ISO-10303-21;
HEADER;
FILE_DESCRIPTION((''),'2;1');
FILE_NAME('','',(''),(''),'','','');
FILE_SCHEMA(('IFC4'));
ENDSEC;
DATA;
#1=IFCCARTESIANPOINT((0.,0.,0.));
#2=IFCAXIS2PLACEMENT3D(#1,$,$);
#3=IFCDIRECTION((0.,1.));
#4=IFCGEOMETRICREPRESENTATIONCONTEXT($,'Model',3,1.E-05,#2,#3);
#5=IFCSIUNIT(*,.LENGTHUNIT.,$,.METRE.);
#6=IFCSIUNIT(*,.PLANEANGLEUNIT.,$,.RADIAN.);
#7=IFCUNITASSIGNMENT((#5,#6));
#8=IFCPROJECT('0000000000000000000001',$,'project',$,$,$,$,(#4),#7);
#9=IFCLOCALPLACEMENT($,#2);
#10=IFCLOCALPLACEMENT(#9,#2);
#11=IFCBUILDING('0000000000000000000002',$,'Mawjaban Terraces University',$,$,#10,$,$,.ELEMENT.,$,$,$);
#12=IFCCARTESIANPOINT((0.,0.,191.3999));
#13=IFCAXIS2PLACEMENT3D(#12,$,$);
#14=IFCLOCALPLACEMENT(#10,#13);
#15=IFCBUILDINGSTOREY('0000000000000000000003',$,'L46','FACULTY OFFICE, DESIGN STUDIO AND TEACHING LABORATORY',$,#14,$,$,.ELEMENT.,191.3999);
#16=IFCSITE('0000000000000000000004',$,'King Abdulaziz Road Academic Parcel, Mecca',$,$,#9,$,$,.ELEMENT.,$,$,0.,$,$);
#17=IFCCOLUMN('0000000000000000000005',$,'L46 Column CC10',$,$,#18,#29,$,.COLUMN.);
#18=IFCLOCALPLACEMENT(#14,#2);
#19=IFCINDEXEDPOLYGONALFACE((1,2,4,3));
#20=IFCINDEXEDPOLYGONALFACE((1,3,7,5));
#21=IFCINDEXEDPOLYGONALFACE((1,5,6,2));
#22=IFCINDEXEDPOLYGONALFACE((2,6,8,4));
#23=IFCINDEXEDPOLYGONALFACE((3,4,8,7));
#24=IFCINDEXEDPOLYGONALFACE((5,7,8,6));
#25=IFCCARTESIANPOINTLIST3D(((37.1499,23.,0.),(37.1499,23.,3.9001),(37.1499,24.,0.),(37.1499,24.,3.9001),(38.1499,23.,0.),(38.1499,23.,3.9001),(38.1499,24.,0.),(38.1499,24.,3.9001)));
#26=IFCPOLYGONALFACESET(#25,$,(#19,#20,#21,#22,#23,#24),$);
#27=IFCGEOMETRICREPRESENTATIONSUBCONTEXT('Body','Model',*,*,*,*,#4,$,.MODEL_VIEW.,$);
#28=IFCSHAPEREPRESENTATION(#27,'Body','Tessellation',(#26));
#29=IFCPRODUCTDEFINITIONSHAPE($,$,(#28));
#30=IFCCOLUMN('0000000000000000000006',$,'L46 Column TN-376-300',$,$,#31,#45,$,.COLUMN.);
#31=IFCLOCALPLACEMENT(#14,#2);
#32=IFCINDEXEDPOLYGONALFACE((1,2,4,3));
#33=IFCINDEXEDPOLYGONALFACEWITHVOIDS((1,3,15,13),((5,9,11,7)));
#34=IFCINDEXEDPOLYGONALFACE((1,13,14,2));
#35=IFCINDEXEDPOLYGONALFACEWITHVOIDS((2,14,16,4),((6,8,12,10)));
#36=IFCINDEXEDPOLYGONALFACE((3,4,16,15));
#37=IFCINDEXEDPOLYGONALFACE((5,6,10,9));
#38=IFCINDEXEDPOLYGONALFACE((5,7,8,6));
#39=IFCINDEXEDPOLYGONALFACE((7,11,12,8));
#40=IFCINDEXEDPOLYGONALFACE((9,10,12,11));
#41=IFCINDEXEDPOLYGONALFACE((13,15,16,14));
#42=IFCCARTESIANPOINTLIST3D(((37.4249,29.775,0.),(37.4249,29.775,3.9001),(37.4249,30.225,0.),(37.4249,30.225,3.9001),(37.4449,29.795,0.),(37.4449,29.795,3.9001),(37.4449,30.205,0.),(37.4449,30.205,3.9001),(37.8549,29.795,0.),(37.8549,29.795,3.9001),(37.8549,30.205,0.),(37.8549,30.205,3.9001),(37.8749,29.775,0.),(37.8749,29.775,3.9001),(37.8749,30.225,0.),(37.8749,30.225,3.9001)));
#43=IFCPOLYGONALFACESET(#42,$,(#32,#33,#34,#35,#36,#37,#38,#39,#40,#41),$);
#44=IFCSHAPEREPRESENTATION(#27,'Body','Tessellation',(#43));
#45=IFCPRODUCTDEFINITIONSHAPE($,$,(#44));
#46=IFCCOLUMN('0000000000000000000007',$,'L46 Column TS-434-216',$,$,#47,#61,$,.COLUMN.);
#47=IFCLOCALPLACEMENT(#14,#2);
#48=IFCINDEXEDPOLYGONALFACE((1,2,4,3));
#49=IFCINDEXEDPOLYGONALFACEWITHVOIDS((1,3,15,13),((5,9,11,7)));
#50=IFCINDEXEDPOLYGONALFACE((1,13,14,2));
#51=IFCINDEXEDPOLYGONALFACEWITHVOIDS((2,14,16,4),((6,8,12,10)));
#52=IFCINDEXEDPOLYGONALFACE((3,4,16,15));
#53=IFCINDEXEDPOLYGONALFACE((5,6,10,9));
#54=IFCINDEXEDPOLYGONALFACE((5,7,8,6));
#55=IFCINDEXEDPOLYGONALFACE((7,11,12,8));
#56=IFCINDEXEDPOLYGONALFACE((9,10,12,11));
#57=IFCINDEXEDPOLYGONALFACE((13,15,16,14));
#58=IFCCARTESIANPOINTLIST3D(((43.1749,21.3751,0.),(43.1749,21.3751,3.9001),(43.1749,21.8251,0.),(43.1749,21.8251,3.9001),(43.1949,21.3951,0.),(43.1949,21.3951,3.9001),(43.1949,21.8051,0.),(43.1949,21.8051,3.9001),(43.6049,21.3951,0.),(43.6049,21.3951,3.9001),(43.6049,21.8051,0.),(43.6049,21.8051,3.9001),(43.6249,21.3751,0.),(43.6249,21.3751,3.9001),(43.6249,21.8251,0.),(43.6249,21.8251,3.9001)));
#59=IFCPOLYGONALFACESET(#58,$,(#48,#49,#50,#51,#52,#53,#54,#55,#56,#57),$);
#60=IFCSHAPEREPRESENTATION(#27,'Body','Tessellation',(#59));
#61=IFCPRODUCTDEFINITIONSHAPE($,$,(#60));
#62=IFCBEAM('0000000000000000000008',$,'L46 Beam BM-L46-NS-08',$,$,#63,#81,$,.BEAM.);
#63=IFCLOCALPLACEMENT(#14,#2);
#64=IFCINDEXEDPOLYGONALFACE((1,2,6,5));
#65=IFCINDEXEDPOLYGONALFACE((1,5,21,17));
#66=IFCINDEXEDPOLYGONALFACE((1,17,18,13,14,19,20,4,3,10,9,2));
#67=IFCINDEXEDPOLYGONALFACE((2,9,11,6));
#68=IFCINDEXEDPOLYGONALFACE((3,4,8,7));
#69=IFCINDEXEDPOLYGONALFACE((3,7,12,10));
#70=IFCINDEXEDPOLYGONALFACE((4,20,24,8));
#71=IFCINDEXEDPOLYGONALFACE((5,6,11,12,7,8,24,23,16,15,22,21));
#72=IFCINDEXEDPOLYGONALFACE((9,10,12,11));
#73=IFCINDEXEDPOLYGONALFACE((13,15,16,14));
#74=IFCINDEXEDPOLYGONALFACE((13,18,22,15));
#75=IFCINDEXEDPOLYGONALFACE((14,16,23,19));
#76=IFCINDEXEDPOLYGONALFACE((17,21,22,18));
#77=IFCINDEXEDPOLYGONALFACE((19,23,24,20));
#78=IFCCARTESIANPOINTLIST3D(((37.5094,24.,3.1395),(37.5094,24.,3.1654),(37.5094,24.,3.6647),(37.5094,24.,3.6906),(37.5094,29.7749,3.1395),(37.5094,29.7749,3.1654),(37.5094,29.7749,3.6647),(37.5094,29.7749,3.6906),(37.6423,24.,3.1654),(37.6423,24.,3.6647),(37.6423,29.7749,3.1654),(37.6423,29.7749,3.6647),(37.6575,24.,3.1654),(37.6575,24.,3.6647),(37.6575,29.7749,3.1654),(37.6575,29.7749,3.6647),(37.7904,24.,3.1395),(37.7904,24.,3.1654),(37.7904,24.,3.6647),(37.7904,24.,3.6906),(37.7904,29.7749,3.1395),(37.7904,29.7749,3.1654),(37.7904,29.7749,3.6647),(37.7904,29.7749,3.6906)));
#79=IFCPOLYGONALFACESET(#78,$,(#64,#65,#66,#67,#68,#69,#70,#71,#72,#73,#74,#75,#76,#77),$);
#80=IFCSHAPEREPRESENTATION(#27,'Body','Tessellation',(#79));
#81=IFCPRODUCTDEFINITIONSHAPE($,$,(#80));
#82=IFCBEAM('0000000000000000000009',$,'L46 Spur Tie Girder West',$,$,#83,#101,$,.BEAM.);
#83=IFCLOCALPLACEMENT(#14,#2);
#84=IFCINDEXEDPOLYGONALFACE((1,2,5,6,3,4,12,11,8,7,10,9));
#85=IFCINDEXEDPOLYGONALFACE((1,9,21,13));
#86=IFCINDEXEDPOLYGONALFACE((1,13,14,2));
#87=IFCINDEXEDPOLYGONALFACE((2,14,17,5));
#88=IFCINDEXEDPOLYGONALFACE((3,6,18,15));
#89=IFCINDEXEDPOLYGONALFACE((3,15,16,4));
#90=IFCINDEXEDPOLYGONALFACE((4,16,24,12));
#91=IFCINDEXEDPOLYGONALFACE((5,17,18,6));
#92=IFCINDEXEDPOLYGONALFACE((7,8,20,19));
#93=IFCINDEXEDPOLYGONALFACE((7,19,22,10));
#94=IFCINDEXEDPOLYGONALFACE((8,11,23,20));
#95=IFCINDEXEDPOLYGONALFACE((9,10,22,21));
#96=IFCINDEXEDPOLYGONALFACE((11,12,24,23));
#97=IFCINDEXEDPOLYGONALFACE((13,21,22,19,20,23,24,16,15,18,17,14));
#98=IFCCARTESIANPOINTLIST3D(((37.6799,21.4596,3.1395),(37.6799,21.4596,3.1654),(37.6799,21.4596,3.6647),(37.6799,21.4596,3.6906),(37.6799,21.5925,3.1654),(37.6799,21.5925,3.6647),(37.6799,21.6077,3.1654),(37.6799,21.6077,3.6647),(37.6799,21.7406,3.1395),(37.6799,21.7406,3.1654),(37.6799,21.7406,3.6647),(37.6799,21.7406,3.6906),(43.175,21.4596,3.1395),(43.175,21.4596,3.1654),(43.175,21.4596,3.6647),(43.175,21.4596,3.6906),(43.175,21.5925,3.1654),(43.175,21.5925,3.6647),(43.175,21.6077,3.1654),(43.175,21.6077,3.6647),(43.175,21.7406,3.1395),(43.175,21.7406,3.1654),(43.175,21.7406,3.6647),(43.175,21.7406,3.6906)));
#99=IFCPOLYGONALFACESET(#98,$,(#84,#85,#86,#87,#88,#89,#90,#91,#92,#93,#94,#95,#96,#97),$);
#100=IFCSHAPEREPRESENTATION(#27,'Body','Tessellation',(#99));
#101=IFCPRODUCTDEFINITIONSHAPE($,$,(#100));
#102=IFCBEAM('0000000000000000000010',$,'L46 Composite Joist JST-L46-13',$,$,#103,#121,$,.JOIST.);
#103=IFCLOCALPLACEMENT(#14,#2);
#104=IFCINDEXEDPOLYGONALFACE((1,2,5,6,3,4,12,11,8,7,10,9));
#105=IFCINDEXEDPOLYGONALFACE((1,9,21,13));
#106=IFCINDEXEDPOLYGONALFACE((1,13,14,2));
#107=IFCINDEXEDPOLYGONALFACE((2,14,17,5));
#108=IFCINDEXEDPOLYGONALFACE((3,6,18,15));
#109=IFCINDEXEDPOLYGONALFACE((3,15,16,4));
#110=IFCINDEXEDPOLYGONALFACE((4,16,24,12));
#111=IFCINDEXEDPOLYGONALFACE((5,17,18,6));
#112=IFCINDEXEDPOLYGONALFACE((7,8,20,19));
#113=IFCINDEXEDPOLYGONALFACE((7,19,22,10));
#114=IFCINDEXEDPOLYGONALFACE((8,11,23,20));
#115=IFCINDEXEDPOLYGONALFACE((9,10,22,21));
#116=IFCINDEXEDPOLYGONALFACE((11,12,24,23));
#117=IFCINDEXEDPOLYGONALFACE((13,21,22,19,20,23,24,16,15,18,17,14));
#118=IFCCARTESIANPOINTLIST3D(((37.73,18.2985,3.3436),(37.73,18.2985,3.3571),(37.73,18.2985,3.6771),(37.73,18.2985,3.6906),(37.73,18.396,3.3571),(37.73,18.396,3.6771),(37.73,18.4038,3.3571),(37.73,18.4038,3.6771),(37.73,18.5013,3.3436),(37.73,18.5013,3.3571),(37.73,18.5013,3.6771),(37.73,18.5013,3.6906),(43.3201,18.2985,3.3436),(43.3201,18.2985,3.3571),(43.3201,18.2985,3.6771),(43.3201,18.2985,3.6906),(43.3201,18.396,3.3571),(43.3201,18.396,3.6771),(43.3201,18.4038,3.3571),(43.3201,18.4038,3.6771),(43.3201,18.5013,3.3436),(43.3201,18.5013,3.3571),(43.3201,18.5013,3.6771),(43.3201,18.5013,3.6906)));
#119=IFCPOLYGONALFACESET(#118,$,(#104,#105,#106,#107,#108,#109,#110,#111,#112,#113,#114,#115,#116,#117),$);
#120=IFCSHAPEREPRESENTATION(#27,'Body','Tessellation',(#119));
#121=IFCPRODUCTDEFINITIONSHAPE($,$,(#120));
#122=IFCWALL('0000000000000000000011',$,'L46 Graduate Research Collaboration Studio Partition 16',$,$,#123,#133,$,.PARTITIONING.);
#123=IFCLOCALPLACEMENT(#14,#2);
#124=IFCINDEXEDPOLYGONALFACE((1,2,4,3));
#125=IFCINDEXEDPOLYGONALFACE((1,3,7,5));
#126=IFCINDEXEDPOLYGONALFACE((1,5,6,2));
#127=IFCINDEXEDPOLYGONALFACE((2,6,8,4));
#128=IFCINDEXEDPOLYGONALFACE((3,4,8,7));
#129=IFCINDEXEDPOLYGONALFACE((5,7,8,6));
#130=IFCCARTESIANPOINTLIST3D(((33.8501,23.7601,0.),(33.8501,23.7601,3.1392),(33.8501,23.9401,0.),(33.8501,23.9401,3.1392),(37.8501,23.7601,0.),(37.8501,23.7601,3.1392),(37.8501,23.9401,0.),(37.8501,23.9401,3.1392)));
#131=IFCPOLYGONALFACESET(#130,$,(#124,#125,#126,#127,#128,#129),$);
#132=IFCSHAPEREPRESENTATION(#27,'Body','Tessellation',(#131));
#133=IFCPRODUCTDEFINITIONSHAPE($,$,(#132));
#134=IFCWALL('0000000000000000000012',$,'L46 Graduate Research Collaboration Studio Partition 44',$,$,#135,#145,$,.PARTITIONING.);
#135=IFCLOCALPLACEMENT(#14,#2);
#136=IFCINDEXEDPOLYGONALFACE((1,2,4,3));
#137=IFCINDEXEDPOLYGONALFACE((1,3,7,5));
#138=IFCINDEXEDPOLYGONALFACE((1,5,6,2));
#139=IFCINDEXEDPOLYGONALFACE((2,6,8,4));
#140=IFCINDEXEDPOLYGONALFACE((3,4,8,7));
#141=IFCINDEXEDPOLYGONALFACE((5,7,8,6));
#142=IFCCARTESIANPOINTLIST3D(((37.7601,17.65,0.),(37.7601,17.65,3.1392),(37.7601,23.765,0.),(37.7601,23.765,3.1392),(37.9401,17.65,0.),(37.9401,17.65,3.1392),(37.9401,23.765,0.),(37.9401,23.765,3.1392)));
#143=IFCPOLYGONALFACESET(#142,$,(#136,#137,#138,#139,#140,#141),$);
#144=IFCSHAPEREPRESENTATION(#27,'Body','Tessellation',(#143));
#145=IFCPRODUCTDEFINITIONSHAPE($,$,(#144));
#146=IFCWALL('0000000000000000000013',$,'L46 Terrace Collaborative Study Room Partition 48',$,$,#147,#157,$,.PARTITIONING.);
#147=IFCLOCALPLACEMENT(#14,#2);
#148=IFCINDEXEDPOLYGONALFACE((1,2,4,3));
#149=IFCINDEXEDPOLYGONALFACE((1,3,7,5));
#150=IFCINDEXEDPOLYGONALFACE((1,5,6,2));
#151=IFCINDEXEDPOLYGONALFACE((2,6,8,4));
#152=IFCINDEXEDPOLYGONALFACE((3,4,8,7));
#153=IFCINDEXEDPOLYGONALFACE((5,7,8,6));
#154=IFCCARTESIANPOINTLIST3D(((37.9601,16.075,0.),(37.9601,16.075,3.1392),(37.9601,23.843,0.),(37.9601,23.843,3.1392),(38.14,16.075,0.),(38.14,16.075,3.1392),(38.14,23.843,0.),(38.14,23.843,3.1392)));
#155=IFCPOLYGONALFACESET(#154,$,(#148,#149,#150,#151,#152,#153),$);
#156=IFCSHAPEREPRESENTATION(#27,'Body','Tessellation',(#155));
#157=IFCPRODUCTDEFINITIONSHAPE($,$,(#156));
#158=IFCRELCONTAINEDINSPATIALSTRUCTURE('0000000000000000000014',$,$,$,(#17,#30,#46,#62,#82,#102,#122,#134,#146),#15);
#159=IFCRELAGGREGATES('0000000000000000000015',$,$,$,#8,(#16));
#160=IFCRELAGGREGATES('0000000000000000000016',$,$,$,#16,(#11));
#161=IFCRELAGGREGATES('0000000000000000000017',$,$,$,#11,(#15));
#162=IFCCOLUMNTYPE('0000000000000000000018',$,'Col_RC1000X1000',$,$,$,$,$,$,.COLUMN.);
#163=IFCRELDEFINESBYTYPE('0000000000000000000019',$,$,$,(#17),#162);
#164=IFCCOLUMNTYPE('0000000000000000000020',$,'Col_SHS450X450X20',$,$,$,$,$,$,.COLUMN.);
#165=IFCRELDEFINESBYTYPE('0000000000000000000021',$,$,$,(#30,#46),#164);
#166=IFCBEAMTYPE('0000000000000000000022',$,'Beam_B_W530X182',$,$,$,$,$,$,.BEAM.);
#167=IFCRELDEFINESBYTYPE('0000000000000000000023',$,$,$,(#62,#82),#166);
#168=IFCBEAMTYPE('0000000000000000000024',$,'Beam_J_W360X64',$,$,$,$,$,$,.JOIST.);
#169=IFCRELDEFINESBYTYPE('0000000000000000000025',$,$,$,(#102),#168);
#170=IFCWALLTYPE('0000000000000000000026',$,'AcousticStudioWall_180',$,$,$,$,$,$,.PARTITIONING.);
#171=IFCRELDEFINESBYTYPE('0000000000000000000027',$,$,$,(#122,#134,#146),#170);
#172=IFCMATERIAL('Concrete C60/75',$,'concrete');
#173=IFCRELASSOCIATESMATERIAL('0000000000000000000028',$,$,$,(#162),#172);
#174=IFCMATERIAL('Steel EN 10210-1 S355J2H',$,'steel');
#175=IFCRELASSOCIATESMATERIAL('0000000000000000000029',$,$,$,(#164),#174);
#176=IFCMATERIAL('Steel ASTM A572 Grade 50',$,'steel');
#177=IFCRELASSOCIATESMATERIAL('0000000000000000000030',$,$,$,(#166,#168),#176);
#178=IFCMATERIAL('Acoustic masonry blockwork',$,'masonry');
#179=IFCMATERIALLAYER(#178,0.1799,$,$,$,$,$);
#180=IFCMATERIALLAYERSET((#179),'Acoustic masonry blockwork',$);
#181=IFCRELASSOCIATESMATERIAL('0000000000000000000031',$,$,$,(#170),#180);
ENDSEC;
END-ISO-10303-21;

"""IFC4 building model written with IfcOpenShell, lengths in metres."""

from ifc_helpers import new_model, si_unit, direction, frame, frame_2d, origin, origin_2d, place, context, subcontext, project, spatial, rectangle, hollow_rectangle, i_section, extrude, material, layer, layer_set, material_profile, profile_set, type_object, element, save


model = new_model("IFC4")

# Units and contexts
model_context = context("Model", 3, precision=1e-05, world=origin(), true_north=direction((0.0, 1.0)))
body_context = subcontext(model_context, "Body", "Model", "MODEL_VIEW")
ifc_project = project(units=[si_unit("LENGTHUNIT", "METRE"), si_unit("PLANEANGLEUNIT", "RADIAN")], contexts=[model_context])

# Site, building, storey
site_placement = place(None, origin())
site = spatial("IfcSite", under=ifc_project, at=site_placement, Name="King Abdulaziz Road Academic Parcel, Mecca", CompositionType="ELEMENT", RefElevation=0.0)
building_placement = place(site_placement, origin())
building = spatial("IfcBuilding", under=site, at=building_placement, Name="Mawjaban Terraces University", CompositionType="ELEMENT")
storey_placement = place(building_placement, frame((0.0, 0.0, 191.3999)))
storey = spatial("IfcBuildingStorey", under=building, at=storey_placement, Name="L46", Description="FACULTY OFFICE, DESIGN STUDIO AND TEACHING LABORATORY", CompositionType="ELEMENT", Elevation=191.3999)

# Columns
ifc_material_1 = material(Name="Concrete C60/75", Category="concrete")
ifc_material_profile_1 = material_profile(ifc_material_1, rectangle(XDim=1.0, YDim=1.0, at=origin_2d()), Name="RC1000X1000")
ifc_profile_set_1 = profile_set([ifc_material_profile_1], Name="Concrete C60/75")
column_type_1 = type_object("IfcColumnType", Name="Col_RC1000X1000", PredefinedType="COLUMN", material=ifc_profile_set_1)
column_placement = place(storey_placement, frame((37.6499, 23.5, 0.0), z_axis=(0.0, 0.0, 1.0), x_axis=(1.0, 0.0, 0.0)))
element("IfcColumn", 1, at=column_placement, inside=storey, type_object=column_type_1, Name="L46 Column CC10", PredefinedType="COLUMN", context=body_context, shape_type="SweptSolid", body=[
    extrude(rectangle(XDim=1.0, YDim=1.0, at=origin_2d()), origin(), (0.0, 0.0, 1.0), 3.9001),
])
ifc_material_2 = material(Name="Steel EN 10210-1 S355J2H", Category="steel")
ifc_material_profile_2 = material_profile(ifc_material_2, hollow_rectangle(XDim=0.45, YDim=0.45, WallThickness=0.02, at=origin_2d()), Name="SHS450X450X20")
ifc_profile_set_2 = profile_set([ifc_material_profile_2], Name="Steel EN 10210-1 S355J2H")
column_type_2 = type_object("IfcColumnType", Name="Col_SHS450X450X20", PredefinedType="COLUMN", material=ifc_profile_set_2)
for number, where, z_axis, x_axis, name in (
    (2, (37.6499, 30.0, 0.0), (0.0, 0.0, 1.0), (1.0, 0.0, 0.0), "L46 Column TN-376-300"),
    (3, (43.3999, 21.6001, 0.0), (0.0, 0.0, 1.0), (1.0, 0.0, 0.0), "L46 Column TS-434-216"),
):
    element("IfcColumn", number, at=place(storey_placement, frame(where, z_axis=z_axis, x_axis=x_axis)), inside=storey, type_object=column_type_2, Name=name, PredefinedType="COLUMN", context=body_context, shape_type="SweptSolid", body=[
        extrude(hollow_rectangle(XDim=0.45, YDim=0.45, WallThickness=0.02, at=origin_2d()), origin(), (0.0, 0.0, 1.0), 3.9001),
    ])

# Beams
ifc_material_3 = material(Name="Steel ASTM A572 Grade 50", Category="steel")
ifc_material_profile_3 = material_profile(ifc_material_3, i_section(OverallWidth=0.281, OverallDepth=0.551, WebThickness=0.0151, FlangeThickness=0.0259, at=origin_2d()), Name="W530X182")
ifc_profile_set_3 = profile_set([ifc_material_profile_3], Name="Steel ASTM A572 Grade 50")
beam_type_1 = type_object("IfcBeamType", Name="Beam_B_W530X182", PredefinedType="BEAM", material=ifc_profile_set_3)
beam_1_placement = place(storey_placement, frame((37.6499, 24.0, 3.415), z_axis=(0.0, 1.0, 0.0), x_axis=(-1.0, 0.0, 0.0)))
element("IfcBeam", 4, at=beam_1_placement, inside=storey, type_object=beam_type_1, Name="L46 Beam BM-L46-NS-08", PredefinedType="BEAM", context=body_context, shape_type="SweptSolid", body=[
    extrude(i_section(OverallWidth=0.281, OverallDepth=0.551, WebThickness=0.0151, FlangeThickness=0.0259, at=origin_2d()), origin(), (0.0, 0.0, 1.0), 5.7749),
])
beam_2_placement = place(storey_placement, frame((37.6799, 21.6001, 3.415), z_axis=(1.0, 0.0, 0.0), x_axis=(0.0, 1.0, 0.0)))
element("IfcBeam", 5, at=beam_2_placement, inside=storey, type_object=beam_type_1, Name="L46 Spur Tie Girder West", PredefinedType="BEAM", context=body_context, shape_type="SweptSolid", body=[
    extrude(i_section(OverallWidth=0.281, OverallDepth=0.551, WebThickness=0.0151, FlangeThickness=0.0259, at=origin_2d()), origin(), (0.0, 0.0, 1.0), 5.4951),
])
ifc_material_profile_4 = material_profile(ifc_material_3, i_section(OverallWidth=0.2029, OverallDepth=0.3469, WebThickness=0.0078, FlangeThickness=0.0134, at=origin_2d()), Name="W360X64")
ifc_profile_set_4 = profile_set([ifc_material_profile_4], Name="Steel ASTM A572 Grade 50")
beam_type_2 = type_object("IfcBeamType", Name="Beam_J_W360X64", PredefinedType="JOIST", material=ifc_profile_set_4)
beam_3_placement = place(storey_placement, frame((37.73, 18.3999, 3.5171), z_axis=(1.0, 0.0, 0.0), x_axis=(0.0, 1.0, 0.0)))
element("IfcBeam", 6, at=beam_3_placement, inside=storey, type_object=beam_type_2, Name="L46 Composite Joist JST-L46-13", PredefinedType="JOIST", context=body_context, shape_type="SweptSolid", body=[
    extrude(i_section(OverallWidth=0.2029, OverallDepth=0.3469, WebThickness=0.0078, FlangeThickness=0.0134, at=origin_2d()), origin(), (0.0, 0.0, 1.0), 5.5901),
])

# Walls
ifc_material_4 = material(Name="Acoustic masonry blockwork", Category="masonry")
ifc_layer_1 = layer(ifc_material_4, 0.1799)
ifc_layer_set_1 = layer_set([ifc_layer_1], Name="Acoustic masonry blockwork")
wall_type_1 = type_object("IfcWallType", Name="AcousticStudioWall_180", PredefinedType="PARTITIONING", material=ifc_layer_set_1)
wall_1_placement = place(storey_placement, frame((37.8501, 23.8501, 0.0), z_axis=(0.0, 0.0, 1.0), x_axis=(-1.0, 0.0, 0.0)))
element("IfcWall", 7, at=wall_1_placement, inside=storey, type_object=wall_type_1, Name="L46 Graduate Research Collaboration Studio Partition 16", PredefinedType="PARTITIONING", context=body_context, shape_type="SweptSolid", body=[
    extrude(rectangle(XDim=4.0, YDim=0.1799, at=frame_2d((2.0, 0.0))), origin(), (0.0, 0.0, 1.0), 3.1392),
])
wall_2_placement = place(storey_placement, frame((37.8501, 17.6499, 0.0), z_axis=(0.0, 0.0, 1.0), x_axis=(0.0, 1.0, 0.0)))
element("IfcWall", 8, at=wall_2_placement, inside=storey, type_object=wall_type_1, Name="L46 Graduate Research Collaboration Studio Partition 44", PredefinedType="PARTITIONING", context=body_context, shape_type="SweptSolid", body=[
    extrude(rectangle(XDim=6.115, YDim=0.1799, at=frame_2d((3.0576, 0.0))), origin(), (0.0, 0.0, 1.0), 3.1392),
])
wall_3_placement = place(storey_placement, frame((38.05, 23.843, 0.0), z_axis=(0.0, 0.0, 1.0), x_axis=(0.0, -1.0, 0.0)))
element("IfcWall", 9, at=wall_3_placement, inside=storey, type_object=wall_type_1, Name="L46 Terrace Collaborative Study Room Partition 48", PredefinedType="PARTITIONING", context=body_context, shape_type="SweptSolid", body=[
    extrude(rectangle(XDim=7.7681, YDim=0.1799, at=frame_2d((3.884, 0.0))), origin(), (0.0, 0.0, 1.0), 3.1392),
])

save(model, "model.ifc")
